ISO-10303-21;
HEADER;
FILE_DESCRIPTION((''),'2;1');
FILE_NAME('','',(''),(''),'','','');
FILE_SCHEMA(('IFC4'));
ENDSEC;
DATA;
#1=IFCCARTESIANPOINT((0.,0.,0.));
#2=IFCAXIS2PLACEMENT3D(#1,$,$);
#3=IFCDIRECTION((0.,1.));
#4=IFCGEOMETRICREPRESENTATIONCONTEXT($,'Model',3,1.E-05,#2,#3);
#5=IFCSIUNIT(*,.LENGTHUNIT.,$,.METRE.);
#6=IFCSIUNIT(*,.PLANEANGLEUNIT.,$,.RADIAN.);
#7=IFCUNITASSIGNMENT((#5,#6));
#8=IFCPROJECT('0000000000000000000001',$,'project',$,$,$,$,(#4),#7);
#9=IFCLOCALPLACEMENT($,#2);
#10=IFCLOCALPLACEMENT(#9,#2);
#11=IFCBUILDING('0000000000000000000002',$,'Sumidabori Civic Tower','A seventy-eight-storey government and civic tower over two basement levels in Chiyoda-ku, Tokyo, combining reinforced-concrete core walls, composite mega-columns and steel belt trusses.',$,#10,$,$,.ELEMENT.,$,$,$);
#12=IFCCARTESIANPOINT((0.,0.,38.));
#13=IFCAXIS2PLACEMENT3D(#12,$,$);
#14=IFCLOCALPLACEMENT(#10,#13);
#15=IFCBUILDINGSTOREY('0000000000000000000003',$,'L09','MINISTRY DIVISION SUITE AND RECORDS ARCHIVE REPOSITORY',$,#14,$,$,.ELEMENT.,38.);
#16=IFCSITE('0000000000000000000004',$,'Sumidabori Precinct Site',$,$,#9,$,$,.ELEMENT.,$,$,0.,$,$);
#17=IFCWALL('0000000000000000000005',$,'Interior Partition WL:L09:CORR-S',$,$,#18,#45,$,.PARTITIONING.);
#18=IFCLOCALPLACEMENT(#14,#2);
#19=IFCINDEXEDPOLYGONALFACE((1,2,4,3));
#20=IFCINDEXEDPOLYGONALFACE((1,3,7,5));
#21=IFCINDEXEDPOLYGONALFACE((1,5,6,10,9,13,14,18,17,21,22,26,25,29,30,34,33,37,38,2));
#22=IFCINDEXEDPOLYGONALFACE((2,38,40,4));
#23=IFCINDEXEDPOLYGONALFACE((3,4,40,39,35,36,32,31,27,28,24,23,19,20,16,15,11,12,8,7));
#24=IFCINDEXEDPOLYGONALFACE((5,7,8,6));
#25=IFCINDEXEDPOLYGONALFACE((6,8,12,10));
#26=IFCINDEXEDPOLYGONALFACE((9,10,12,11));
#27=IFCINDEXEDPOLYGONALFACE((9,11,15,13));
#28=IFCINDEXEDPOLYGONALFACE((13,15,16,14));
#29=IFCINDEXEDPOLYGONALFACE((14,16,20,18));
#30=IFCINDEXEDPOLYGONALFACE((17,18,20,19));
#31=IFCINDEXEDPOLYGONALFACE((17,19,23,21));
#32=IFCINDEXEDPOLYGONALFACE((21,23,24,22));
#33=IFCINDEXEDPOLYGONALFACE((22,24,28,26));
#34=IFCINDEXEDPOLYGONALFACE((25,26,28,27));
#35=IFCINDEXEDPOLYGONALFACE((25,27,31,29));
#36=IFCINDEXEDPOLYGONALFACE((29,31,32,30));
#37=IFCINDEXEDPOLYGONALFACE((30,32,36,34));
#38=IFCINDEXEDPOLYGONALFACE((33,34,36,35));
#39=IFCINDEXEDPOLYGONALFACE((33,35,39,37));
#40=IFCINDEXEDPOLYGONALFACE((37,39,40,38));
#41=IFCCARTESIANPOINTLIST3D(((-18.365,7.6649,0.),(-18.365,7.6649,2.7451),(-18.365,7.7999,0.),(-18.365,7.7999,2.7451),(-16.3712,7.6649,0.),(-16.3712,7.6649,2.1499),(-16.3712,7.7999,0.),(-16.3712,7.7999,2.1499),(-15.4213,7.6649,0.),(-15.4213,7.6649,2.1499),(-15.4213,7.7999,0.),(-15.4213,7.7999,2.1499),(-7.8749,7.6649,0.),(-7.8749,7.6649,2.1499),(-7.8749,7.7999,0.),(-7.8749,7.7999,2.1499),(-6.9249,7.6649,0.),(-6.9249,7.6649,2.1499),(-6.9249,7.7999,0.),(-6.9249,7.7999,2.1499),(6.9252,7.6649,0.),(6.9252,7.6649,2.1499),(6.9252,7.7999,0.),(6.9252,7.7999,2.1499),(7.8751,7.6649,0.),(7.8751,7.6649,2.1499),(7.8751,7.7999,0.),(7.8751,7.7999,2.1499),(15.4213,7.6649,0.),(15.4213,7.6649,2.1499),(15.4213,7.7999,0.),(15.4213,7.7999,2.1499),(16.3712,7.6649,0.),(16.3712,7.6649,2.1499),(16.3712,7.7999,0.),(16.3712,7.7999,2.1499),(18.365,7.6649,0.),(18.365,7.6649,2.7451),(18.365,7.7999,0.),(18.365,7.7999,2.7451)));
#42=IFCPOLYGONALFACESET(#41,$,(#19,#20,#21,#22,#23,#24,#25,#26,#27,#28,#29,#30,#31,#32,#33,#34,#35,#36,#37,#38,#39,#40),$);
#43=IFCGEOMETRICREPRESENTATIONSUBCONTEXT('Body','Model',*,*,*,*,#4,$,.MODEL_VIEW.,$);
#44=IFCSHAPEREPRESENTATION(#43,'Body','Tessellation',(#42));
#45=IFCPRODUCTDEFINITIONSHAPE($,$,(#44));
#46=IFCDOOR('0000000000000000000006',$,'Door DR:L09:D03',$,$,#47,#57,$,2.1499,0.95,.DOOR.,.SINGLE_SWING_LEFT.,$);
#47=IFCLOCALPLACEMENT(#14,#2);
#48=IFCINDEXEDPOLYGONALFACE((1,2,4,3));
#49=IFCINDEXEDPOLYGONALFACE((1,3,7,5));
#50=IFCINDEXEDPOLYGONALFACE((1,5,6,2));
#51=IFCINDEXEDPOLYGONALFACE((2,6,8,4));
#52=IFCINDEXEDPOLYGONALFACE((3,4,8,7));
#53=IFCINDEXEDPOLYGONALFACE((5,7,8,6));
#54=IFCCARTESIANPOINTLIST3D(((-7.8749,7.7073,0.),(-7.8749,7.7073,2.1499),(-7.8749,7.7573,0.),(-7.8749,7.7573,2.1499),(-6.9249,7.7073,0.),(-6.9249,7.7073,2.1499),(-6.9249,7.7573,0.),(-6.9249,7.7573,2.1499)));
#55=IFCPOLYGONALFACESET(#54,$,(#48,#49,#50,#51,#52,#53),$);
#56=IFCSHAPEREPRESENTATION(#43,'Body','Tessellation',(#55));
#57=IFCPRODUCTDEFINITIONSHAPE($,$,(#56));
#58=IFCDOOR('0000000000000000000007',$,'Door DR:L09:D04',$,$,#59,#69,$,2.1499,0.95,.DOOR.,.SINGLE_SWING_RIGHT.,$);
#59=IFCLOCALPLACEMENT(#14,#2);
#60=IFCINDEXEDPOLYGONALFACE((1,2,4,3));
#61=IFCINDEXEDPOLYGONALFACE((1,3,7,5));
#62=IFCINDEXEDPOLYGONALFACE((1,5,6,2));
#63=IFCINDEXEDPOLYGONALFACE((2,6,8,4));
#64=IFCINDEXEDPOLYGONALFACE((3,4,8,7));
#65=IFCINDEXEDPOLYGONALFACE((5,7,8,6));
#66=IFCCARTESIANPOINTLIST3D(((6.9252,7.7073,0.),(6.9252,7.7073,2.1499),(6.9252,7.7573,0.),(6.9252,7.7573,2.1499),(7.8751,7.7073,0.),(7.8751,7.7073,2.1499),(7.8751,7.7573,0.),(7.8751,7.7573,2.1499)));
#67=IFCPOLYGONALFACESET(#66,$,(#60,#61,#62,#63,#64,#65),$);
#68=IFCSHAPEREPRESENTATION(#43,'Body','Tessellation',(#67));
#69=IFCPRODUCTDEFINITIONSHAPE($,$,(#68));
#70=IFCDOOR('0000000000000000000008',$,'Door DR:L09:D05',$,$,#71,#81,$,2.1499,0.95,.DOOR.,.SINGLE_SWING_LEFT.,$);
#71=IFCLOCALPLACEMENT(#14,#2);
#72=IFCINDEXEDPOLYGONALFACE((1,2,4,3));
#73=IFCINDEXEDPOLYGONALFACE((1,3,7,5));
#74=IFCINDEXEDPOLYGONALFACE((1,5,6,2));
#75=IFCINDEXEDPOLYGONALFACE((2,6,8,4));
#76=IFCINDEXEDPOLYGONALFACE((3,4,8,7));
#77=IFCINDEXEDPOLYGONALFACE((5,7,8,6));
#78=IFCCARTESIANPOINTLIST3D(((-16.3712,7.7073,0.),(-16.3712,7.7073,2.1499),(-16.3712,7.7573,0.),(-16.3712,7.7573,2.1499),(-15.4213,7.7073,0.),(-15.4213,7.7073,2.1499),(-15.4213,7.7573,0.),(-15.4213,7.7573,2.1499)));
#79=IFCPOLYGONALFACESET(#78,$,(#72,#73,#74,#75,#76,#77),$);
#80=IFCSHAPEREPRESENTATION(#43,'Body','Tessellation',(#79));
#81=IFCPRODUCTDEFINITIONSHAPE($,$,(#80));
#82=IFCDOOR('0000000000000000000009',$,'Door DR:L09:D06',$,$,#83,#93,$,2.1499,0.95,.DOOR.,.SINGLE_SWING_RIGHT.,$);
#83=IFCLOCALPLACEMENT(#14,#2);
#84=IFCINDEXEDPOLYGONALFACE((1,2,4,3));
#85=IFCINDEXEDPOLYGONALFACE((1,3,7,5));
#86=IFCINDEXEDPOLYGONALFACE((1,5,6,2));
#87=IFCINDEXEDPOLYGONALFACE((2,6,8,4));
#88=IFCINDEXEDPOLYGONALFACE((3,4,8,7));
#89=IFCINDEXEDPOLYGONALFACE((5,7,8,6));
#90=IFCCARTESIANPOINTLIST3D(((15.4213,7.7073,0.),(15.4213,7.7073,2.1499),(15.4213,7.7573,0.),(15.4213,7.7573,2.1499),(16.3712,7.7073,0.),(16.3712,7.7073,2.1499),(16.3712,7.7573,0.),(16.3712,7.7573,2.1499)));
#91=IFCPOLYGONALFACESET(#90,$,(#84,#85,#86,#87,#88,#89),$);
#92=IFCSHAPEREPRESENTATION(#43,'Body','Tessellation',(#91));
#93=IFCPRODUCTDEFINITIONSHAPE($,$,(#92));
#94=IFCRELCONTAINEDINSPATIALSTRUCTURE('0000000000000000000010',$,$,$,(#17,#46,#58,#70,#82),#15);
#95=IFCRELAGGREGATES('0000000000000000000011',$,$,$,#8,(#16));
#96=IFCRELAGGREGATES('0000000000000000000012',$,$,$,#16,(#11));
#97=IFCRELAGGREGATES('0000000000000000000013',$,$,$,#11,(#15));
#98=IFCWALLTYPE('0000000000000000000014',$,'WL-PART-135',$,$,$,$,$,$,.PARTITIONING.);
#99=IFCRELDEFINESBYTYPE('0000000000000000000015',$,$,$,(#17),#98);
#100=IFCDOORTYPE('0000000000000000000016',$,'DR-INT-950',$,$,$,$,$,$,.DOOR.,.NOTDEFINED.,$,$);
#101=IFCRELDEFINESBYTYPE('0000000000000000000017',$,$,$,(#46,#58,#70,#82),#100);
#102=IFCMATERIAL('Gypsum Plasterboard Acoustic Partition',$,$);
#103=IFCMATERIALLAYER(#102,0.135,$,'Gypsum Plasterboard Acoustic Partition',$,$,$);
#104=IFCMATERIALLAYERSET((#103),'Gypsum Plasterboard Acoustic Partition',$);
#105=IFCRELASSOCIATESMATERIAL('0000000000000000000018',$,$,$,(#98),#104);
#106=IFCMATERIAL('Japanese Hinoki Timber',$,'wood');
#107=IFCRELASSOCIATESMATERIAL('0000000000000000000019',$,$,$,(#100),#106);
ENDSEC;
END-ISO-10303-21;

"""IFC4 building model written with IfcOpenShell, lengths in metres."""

from ifc_helpers import new_model, si_unit, direction, frame, frame_2d, origin, place, context, subcontext, project, spatial, rectangle, extrude, source, transform, mapped, material, layer, layer_set, type_object, element, fill, save


model = new_model("IFC4")

# Units and contexts
model_context = context("Model", 3, precision=1e-05, world=origin(), true_north=direction((0.0, 1.0)))
body_context = subcontext(model_context, "Body", "Model", "MODEL_VIEW")
ifc_project = project(units=[si_unit("LENGTHUNIT", "METRE"), si_unit("PLANEANGLEUNIT", "RADIAN")], contexts=[model_context])

# Site, building, storey
site_placement = place(None, origin())
site = spatial("IfcSite", under=ifc_project, at=site_placement, Name="Sumidabori Precinct Site", CompositionType="ELEMENT", RefElevation=0.0)
building_placement = place(site_placement, origin())
building = spatial("IfcBuilding", under=site, at=building_placement, Name="Sumidabori Civic Tower", Description="A seventy-eight-storey government and civic tower over two basement levels in Chiyoda-ku, Tokyo, combining reinforced-concrete core walls, composite mega-columns and steel belt trusses.", CompositionType="ELEMENT")
storey_placement = place(building_placement, frame((0.0, 0.0, 38.0)))
storey = spatial("IfcBuildingStorey", under=building, at=storey_placement, Name="L09", Description="MINISTRY DIVISION SUITE AND RECORDS ARCHIVE REPOSITORY", CompositionType="ELEMENT", Elevation=38.0)

# Shared definitions
ifc_material_1 = material(Name="Gypsum Plasterboard Acoustic Partition")
ifc_layer_1 = layer(ifc_material_1, 0.135, Name="Gypsum Plasterboard Acoustic Partition")
ifc_layer_set_1 = layer_set([ifc_layer_1], Name="Gypsum Plasterboard Acoustic Partition")
wall_type_1 = type_object("IfcWallType", Name="WL-PART-135", PredefinedType="PARTITIONING", material=ifc_layer_set_1)
ifc_material_2 = material(Name="Japanese Hinoki Timber", Category="wood")
door_type_1 = type_object("IfcDoorType", Name="DR-INT-950", OperationType="NOTDEFINED", PredefinedType="DOOR", material=ifc_material_2)
shared_shape_1 = source(origin(), body_context, "Body", "SweptSolid", [
    extrude(rectangle(XDim=0.95, YDim=2.1499, at=frame_2d((0.4751, 1.075))), frame((0.0, 0.0249, 0.0), z_axis=(0.0, -1.0, 0.0), x_axis=(1.0, 0.0, 0.0)), (0.0, 0.0, 1.0), 0.05),
])

# Wall, openings, doors
shared_shape_2 = source(origin(), body_context, "Body", "SweptSolid", [
    extrude(rectangle(XDim=36.73, YDim=0.135, at=frame_2d((18.365, 0.0))), origin(), (0.0, 0.0, 1.0), 2.7451),
])
wall_1_placement = place(storey_placement, frame((-18.365, 7.7324, 0.0), z_axis=(0.0, 0.0, 1.0), x_axis=(1.0, 0.0, 0.0)))
wall_1 = element("IfcWall", 1, at=wall_1_placement, inside=storey, type_object=wall_type_1, Name="Interior Partition WL:L09:CORR-S", PredefinedType="PARTITIONING", context=body_context, shape_type="MappedRepresentation", body=[
    mapped(shared_shape_2, transform((0.0, 0.0, 0.0), x_axis=(1.0, 0.0, 0.0), y_axis=(0.0, 1.0, 0.0), z_axis=(0.0, 0.0, 1.0), scale=1.0)),
])
opening_1_placement = place(wall_1_placement, frame((10.49, 0.0, 0.0)))
opening_1 = element("IfcOpeningElement", 2, at=opening_1_placement, cuts=wall_1, PredefinedType="OPENING", context=body_context, shape_type="SweptSolid", body=[
    extrude(rectangle(XDim=0.95, YDim=2.1499, at=frame_2d((0.4751, 1.075))), frame((0.0, 0.0796, 0.0), z_axis=(0.0, -1.0, 0.0), x_axis=(1.0, 0.0, 0.0)), (0.0, 0.0, 1.0), 0.1589),
])
opening_2_placement = place(wall_1_placement, frame((25.29, 0.0, 0.0)))
opening_2 = element("IfcOpeningElement", 3, at=opening_2_placement, cuts=wall_1, PredefinedType="OPENING", context=body_context, shape_type="SweptSolid", body=[
    extrude(rectangle(XDim=0.95, YDim=2.1499, at=frame_2d((0.4751, 1.075))), frame((0.0, 0.0796, 0.0), z_axis=(0.0, -1.0, 0.0), x_axis=(1.0, 0.0, 0.0)), (0.0, 0.0, 1.0), 0.1589),
])
opening_3_placement = place(wall_1_placement, frame((1.9937, 0.0, 0.0)))
opening_3 = element("IfcOpeningElement", 4, at=opening_3_placement, cuts=wall_1, PredefinedType="OPENING", context=body_context, shape_type="SweptSolid", body=[
    extrude(rectangle(XDim=0.95, YDim=2.1499, at=frame_2d((0.4751, 1.075))), frame((0.0, 0.0796, 0.0), z_axis=(0.0, -1.0, 0.0), x_axis=(1.0, 0.0, 0.0)), (0.0, 0.0, 1.0), 0.1589),
])
opening_4_placement = place(wall_1_placement, frame((33.7861, 0.0, 0.0)))
opening_4 = element("IfcOpeningElement", 5, at=opening_4_placement, cuts=wall_1, PredefinedType="OPENING", context=body_context, shape_type="SweptSolid", body=[
    extrude(rectangle(XDim=0.95, YDim=2.1499, at=frame_2d((0.4751, 1.075))), frame((0.0, 0.0796, 0.0), z_axis=(0.0, -1.0, 0.0), x_axis=(1.0, 0.0, 0.0)), (0.0, 0.0, 1.0), 0.1589),
])
door_1_placement = place(opening_1_placement, origin())
door_1 = element("IfcDoor", 6, at=door_1_placement, inside=storey, type_object=door_type_1, Name="Door DR:L09:D03", OperationType="SINGLE_SWING_LEFT", OverallHeight=2.1499, OverallWidth=0.95, PredefinedType="DOOR", context=body_context, shape_type="MappedRepresentation", body=[
    mapped(shared_shape_1, transform((0.0, 0.0, 0.0), x_axis=(1.0, 0.0, 0.0), y_axis=(0.0, 1.0, 0.0), z_axis=(0.0, 0.0, 1.0), scale=1.0)),
])
fill(opening_1, door_1)
door_2_placement = place(opening_2_placement, origin())
door_2 = element("IfcDoor", 7, at=door_2_placement, inside=storey, type_object=door_type_1, Name="Door DR:L09:D04", OperationType="SINGLE_SWING_RIGHT", OverallHeight=2.1499, OverallWidth=0.95, PredefinedType="DOOR", context=body_context, shape_type="MappedRepresentation", body=[
    mapped(shared_shape_1, transform((0.0, 0.0, 0.0), x_axis=(1.0, 0.0, 0.0), y_axis=(0.0, 1.0, 0.0), z_axis=(0.0, 0.0, 1.0), scale=1.0)),
])
fill(opening_2, door_2)
door_3_placement = place(opening_3_placement, origin())
door_3 = element("IfcDoor", 8, at=door_3_placement, inside=storey, type_object=door_type_1, Name="Door DR:L09:D05", OperationType="SINGLE_SWING_LEFT", OverallHeight=2.1499, OverallWidth=0.95, PredefinedType="DOOR", context=body_context, shape_type="MappedRepresentation", body=[
    mapped(shared_shape_1, transform((0.0, 0.0, 0.0), x_axis=(1.0, 0.0, 0.0), y_axis=(0.0, 1.0, 0.0), z_axis=(0.0, 0.0, 1.0), scale=1.0)),
])
fill(opening_3, door_3)
door_4_placement = place(opening_4_placement, origin())
door_4 = element("IfcDoor", 9, at=door_4_placement, inside=storey, type_object=door_type_1, Name="Door DR:L09:D06", OperationType="SINGLE_SWING_RIGHT", OverallHeight=2.1499, OverallWidth=0.95, PredefinedType="DOOR", context=body_context, shape_type="MappedRepresentation", body=[
    mapped(shared_shape_1, transform((0.0, 0.0, 0.0), x_axis=(1.0, 0.0, 0.0), y_axis=(0.0, 1.0, 0.0), z_axis=(0.0, 0.0, 1.0), scale=1.0)),
])
fill(opening_4, door_4)

save(model, "model.ifc")
